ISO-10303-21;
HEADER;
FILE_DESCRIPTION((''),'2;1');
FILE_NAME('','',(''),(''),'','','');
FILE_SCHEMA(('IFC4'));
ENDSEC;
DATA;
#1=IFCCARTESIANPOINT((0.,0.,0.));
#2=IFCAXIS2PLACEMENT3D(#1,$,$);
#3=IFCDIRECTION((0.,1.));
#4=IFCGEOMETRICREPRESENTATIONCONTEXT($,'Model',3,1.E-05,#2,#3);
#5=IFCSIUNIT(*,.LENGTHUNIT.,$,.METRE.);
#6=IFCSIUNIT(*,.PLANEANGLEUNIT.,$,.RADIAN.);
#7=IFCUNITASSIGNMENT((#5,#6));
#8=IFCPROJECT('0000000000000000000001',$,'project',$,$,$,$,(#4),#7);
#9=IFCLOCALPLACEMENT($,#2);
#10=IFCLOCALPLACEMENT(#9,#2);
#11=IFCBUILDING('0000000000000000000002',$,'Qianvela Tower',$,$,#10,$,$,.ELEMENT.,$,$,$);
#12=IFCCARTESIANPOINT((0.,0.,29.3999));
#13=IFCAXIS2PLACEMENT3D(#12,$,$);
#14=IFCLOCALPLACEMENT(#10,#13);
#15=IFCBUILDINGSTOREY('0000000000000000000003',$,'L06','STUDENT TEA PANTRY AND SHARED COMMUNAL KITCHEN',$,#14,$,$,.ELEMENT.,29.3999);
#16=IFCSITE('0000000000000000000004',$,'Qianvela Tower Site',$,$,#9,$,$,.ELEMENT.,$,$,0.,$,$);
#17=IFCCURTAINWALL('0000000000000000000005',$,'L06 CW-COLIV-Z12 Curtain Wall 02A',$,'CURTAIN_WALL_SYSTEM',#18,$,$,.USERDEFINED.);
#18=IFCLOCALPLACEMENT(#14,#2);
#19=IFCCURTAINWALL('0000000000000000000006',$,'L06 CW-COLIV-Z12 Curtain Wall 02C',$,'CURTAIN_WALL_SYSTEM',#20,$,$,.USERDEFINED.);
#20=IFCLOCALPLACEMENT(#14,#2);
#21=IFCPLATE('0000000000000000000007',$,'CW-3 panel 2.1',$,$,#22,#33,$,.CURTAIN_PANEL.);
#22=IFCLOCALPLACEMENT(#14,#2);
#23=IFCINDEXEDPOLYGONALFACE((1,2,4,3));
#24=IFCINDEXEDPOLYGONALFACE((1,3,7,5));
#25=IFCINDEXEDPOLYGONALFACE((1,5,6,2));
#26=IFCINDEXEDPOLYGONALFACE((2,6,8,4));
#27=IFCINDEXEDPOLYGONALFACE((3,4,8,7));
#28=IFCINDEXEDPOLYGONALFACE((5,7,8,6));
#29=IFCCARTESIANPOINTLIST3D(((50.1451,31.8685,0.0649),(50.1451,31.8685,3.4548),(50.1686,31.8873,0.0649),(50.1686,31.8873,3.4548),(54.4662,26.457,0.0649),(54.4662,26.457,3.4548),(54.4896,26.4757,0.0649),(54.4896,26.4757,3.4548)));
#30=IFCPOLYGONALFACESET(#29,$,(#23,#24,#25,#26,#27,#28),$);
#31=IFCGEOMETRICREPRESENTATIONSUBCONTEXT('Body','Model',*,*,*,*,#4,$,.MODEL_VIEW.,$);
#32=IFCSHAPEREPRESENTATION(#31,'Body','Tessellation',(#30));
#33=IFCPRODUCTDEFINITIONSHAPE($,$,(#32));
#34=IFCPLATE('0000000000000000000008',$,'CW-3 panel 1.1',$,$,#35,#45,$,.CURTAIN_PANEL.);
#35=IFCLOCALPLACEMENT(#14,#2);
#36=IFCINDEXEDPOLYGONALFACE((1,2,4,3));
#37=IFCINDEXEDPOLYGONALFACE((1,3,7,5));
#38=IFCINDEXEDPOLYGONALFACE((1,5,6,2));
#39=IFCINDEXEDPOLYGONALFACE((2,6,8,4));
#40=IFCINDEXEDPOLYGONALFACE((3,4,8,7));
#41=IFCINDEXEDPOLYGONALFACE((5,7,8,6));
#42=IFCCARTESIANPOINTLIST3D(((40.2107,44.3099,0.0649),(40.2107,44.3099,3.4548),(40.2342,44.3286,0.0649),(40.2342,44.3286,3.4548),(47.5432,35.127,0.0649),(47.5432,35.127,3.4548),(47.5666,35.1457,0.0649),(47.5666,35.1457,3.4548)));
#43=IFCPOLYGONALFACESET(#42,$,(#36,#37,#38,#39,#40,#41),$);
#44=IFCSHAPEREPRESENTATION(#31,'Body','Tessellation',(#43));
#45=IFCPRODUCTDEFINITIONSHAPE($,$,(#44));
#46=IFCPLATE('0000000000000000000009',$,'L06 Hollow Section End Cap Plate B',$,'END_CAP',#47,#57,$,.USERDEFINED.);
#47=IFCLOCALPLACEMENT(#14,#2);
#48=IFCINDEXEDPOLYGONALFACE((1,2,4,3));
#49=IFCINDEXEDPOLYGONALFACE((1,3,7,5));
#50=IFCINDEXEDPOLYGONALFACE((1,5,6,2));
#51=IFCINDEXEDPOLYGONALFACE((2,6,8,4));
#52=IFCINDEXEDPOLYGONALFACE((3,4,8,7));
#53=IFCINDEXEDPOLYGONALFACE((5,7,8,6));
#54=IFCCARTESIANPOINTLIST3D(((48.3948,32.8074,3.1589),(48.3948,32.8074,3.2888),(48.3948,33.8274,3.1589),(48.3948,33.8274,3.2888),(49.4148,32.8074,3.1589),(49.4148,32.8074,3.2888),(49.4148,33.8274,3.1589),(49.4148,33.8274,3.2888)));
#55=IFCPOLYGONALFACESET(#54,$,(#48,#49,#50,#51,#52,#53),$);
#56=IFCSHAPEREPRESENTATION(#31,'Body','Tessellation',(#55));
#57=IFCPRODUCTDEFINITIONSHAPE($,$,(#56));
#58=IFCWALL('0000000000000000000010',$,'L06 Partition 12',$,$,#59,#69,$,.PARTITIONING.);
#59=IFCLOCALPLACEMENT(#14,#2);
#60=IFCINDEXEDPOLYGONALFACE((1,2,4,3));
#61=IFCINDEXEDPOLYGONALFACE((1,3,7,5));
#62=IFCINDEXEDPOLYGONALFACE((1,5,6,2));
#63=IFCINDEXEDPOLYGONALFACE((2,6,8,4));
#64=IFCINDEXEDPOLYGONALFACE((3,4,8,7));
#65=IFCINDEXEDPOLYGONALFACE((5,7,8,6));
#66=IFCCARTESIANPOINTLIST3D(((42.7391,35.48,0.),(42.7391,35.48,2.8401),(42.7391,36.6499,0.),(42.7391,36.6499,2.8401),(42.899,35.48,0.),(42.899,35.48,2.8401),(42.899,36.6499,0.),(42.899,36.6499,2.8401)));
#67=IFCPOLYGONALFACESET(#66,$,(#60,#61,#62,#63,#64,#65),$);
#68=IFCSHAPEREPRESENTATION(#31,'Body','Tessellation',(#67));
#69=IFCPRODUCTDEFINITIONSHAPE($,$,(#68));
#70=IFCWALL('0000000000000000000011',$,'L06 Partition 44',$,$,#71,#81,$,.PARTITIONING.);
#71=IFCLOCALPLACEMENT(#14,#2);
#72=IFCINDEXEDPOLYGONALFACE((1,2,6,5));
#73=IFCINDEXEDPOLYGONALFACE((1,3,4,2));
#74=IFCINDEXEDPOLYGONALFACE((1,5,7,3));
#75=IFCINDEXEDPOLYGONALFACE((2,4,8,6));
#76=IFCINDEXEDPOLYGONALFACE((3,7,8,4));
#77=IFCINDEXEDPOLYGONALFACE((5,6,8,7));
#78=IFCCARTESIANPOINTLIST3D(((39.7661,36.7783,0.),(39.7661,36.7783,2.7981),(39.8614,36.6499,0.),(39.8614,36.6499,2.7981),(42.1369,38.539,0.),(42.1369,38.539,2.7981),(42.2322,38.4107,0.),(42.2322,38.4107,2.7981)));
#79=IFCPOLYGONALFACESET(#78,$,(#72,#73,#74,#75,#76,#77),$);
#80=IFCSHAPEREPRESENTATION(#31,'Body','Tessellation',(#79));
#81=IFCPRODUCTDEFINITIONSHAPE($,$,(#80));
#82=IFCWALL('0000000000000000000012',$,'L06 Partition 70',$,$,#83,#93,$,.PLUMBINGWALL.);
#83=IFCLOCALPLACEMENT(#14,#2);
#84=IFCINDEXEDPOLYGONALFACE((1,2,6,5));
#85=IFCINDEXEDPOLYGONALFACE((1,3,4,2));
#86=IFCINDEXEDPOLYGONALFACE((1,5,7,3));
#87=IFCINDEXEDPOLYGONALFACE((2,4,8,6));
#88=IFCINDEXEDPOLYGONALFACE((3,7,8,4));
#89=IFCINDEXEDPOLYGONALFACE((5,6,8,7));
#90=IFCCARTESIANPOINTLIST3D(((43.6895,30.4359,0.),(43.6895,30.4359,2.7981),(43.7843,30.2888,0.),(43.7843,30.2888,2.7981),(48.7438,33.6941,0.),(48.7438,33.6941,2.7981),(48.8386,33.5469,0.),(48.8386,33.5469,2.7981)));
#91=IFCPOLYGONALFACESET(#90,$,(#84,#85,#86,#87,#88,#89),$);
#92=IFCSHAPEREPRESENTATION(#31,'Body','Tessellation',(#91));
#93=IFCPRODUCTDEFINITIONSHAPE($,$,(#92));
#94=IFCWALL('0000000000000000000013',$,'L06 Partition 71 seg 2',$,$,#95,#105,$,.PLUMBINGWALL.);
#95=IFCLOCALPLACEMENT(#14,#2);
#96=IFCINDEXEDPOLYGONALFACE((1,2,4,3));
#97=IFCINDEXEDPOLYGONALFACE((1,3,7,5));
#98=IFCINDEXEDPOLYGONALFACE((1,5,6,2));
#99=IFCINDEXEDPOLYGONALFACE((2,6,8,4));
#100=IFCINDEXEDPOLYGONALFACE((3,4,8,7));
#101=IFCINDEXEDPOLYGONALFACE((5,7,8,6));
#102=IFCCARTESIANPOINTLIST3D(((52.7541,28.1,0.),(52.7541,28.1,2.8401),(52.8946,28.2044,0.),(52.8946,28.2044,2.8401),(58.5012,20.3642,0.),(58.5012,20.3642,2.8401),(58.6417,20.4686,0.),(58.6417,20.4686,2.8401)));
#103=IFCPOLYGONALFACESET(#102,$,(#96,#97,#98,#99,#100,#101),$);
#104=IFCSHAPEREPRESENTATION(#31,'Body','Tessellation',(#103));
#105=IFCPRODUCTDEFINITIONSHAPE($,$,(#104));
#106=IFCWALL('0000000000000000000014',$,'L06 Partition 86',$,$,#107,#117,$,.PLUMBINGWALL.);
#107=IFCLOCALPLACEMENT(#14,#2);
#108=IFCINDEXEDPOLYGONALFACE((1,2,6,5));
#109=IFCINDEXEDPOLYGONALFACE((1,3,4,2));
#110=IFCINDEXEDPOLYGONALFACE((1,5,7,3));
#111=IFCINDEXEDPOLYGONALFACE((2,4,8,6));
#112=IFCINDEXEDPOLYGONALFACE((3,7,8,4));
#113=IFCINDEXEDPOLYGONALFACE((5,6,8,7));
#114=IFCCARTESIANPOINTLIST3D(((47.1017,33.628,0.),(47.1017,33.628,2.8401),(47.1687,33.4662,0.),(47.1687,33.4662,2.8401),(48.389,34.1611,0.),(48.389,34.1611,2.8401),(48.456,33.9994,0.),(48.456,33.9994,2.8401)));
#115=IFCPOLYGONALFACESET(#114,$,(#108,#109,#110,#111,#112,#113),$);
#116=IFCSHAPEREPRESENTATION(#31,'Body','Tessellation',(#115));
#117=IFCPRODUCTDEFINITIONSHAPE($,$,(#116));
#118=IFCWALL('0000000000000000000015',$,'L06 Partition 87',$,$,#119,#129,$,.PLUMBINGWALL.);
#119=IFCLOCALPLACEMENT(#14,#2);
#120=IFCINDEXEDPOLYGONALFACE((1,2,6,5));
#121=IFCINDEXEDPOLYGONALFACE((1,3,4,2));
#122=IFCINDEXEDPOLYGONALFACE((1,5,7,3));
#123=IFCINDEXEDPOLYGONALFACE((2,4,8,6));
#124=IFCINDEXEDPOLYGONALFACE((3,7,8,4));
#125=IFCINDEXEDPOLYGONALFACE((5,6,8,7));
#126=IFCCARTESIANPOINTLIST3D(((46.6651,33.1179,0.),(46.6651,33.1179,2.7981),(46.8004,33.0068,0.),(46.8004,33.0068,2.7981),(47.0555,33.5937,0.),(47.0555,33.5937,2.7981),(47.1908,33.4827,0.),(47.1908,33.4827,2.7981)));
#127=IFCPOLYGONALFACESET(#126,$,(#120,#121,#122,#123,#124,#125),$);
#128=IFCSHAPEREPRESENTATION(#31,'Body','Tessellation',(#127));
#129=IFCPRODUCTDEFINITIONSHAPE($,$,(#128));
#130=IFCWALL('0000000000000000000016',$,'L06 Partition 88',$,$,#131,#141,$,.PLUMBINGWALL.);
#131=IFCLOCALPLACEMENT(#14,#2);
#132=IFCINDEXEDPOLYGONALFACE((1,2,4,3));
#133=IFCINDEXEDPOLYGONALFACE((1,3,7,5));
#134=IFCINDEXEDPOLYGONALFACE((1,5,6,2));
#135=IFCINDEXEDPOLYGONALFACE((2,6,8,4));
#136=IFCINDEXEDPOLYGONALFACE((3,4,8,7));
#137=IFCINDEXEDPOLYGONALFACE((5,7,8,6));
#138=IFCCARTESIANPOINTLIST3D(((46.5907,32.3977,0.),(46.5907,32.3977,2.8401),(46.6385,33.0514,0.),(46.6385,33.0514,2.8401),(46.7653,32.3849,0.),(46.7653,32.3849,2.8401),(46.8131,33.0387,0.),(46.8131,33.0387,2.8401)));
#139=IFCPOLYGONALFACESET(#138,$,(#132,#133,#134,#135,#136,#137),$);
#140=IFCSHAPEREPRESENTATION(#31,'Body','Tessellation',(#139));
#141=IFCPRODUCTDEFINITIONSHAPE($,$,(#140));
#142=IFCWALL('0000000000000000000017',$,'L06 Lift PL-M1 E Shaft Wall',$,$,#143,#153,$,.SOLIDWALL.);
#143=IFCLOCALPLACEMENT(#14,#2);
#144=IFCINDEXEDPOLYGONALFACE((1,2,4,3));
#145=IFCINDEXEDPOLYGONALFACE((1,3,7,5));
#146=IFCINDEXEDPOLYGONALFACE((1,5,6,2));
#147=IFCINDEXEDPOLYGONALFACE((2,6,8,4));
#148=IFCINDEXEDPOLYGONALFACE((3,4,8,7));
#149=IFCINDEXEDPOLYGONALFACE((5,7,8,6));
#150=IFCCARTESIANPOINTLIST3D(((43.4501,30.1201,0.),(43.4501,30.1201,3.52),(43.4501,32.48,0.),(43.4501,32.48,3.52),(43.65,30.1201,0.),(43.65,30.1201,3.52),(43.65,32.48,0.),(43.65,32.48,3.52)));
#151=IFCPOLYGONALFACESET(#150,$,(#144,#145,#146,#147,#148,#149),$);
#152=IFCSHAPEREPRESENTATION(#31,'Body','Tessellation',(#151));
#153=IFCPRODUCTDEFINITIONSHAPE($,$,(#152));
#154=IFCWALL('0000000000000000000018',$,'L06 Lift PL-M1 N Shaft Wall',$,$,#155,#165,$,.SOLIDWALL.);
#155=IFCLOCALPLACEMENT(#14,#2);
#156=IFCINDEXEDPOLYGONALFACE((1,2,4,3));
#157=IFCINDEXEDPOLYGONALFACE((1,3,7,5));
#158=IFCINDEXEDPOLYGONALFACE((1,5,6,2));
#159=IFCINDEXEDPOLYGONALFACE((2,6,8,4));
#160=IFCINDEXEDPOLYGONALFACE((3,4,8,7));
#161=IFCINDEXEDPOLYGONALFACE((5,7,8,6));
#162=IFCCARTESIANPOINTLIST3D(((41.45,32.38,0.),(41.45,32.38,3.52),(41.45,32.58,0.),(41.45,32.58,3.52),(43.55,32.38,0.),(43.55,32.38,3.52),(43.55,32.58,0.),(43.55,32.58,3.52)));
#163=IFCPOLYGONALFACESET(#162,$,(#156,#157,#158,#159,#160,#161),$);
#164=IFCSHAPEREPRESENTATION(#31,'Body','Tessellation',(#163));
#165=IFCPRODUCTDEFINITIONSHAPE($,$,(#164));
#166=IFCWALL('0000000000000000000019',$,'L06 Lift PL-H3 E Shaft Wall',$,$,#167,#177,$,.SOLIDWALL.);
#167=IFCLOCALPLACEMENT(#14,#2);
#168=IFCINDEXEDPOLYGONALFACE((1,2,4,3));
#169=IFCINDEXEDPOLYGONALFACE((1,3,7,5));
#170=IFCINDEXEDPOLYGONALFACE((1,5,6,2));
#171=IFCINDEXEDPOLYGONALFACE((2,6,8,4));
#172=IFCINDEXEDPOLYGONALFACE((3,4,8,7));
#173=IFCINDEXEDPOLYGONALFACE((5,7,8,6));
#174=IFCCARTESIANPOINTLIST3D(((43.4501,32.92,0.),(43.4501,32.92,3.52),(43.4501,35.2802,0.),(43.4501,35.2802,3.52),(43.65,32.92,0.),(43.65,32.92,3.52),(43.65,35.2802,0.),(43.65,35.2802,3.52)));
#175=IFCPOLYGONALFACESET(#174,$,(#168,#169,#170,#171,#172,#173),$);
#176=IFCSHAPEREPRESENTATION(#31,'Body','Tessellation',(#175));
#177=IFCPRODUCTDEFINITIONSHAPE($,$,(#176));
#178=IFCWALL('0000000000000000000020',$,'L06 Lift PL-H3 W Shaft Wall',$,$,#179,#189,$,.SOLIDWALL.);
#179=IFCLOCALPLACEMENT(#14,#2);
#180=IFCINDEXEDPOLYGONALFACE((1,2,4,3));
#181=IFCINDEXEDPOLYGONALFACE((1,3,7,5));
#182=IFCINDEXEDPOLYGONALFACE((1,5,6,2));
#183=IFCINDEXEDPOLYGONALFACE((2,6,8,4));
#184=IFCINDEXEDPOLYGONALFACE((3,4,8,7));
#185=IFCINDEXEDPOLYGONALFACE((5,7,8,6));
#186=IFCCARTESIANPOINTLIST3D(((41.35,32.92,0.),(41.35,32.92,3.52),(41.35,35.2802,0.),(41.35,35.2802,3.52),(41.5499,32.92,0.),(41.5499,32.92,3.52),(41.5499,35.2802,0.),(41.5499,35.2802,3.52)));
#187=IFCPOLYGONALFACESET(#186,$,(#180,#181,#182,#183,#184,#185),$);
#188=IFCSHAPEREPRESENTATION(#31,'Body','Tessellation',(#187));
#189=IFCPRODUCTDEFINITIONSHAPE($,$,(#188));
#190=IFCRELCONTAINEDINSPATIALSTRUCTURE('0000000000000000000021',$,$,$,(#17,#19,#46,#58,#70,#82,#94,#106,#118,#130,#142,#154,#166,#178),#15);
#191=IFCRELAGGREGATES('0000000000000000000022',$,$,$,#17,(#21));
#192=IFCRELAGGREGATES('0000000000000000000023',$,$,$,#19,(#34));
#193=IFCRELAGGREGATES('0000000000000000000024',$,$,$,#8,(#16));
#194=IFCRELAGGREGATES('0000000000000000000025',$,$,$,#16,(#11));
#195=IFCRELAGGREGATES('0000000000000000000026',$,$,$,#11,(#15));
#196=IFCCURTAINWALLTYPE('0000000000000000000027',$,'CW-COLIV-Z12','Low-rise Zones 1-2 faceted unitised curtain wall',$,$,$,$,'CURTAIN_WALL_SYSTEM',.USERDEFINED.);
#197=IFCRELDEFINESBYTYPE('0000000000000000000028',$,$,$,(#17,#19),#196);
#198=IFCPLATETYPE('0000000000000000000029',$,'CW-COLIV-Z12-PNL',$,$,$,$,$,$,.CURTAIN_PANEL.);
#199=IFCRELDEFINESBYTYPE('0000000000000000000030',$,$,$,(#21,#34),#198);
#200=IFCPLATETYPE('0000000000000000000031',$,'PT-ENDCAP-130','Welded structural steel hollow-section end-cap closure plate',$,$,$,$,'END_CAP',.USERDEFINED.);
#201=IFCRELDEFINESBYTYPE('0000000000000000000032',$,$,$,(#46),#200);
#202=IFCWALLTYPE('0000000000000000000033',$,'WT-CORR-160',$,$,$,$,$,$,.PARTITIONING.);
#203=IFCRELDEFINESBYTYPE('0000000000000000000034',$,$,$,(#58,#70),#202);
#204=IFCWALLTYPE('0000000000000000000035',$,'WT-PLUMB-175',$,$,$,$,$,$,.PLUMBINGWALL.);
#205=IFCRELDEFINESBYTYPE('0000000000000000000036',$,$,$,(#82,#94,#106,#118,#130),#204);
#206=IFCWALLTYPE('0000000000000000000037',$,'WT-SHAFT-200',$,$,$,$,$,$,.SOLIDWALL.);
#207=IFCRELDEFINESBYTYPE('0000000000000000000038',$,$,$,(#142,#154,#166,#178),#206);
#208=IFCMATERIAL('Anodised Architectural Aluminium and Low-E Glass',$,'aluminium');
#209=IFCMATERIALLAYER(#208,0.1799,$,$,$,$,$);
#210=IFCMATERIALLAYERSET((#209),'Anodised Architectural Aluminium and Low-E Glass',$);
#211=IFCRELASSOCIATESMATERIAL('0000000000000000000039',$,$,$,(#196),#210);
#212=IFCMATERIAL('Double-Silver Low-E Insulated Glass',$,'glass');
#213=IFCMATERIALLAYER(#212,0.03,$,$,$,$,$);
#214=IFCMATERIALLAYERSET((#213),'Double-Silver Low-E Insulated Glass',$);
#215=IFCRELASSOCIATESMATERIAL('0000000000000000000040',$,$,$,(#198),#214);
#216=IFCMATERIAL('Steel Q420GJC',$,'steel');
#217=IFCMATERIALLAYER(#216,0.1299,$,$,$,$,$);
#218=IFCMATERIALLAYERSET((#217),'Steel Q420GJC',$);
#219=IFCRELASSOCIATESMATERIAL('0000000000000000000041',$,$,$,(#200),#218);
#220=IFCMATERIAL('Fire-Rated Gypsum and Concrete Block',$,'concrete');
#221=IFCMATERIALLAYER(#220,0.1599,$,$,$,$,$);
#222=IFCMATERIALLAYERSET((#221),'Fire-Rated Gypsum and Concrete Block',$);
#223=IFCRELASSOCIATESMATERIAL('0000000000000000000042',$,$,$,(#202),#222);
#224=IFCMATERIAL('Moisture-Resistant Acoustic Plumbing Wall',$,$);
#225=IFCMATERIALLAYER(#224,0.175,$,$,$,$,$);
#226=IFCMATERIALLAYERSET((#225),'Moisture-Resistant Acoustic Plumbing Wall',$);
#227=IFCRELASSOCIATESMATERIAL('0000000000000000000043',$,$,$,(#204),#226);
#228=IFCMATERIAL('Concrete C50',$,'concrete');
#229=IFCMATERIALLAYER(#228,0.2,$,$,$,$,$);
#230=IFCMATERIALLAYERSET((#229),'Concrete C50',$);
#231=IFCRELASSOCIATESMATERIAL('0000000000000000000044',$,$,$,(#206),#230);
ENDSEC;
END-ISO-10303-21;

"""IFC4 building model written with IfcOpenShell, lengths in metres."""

from ifc_helpers import new_model, si_unit, direction, frame, frame_2d, origin, origin_2d, place, context, subcontext, project, spatial, rectangle, extrude, material, layer, layer_set, type_object, element, aggregate, save


model = new_model("IFC4")

# Units and contexts
model_context = context("Model", 3, precision=1e-05, world=origin(), true_north=direction((0.0, 1.0)))
body_context = subcontext(model_context, "Body", "Model", "MODEL_VIEW")
ifc_project = project(units=[si_unit("LENGTHUNIT", "METRE"), si_unit("PLANEANGLEUNIT", "RADIAN")], contexts=[model_context])

# Site, building, storey
site_placement = place(None, origin())
site = spatial("IfcSite", under=ifc_project, at=site_placement, Name="Qianvela Tower Site", CompositionType="ELEMENT", RefElevation=0.0)
building_placement = place(site_placement, origin())
building = spatial("IfcBuilding", under=site, at=building_placement, Name="Qianvela Tower", CompositionType="ELEMENT")
storey_placement = place(building_placement, frame((0.0, 0.0, 29.3999)))
storey = spatial("IfcBuildingStorey", under=building, at=storey_placement, Name="L06", Description="STUDENT TEA PANTRY AND SHARED COMMUNAL KITCHEN", CompositionType="ELEMENT", Elevation=29.3999)

# Curtain wall
ifc_material_1 = material(Name="Anodised Architectural Aluminium and Low-E Glass", Category="aluminium")
ifc_layer_1 = layer(ifc_material_1, 0.1799)
ifc_layer_set_1 = layer_set([ifc_layer_1], Name="Anodised Architectural Aluminium and Low-E Glass")
curtain_wall_type_1 = type_object("IfcCurtainWallType", Name="CW-COLIV-Z12", Description="Low-rise Zones 1-2 faceted unitised curtain wall", ElementType="CURTAIN_WALL_SYSTEM", PredefinedType="USERDEFINED", material=ifc_layer_set_1)
curtain_wall_1_placement = place(storey_placement, origin())
curtain_wall_1 = element("IfcCurtainWall", 1, at=curtain_wall_1_placement, inside=storey, type_object=curtain_wall_type_1, Name="L06 CW-COLIV-Z12 Curtain Wall 02A", ObjectType="CURTAIN_WALL_SYSTEM", PredefinedType="USERDEFINED")

# Curtain wall
curtain_wall_2_placement = place(storey_placement, origin())
curtain_wall_2 = element("IfcCurtainWall", 2, at=curtain_wall_2_placement, inside=storey, type_object=curtain_wall_type_1, Name="L06 CW-COLIV-Z12 Curtain Wall 02C", ObjectType="CURTAIN_WALL_SYSTEM", PredefinedType="USERDEFINED")

# Plates
ifc_material_2 = material(Name="Double-Silver Low-E Insulated Glass", Category="glass")
ifc_layer_2 = layer(ifc_material_2, 0.03)
ifc_layer_set_2 = layer_set([ifc_layer_2], Name="Double-Silver Low-E Insulated Glass")
plate_type_1 = type_object("IfcPlateType", Name="CW-COLIV-Z12-PNL", PredefinedType="CURTAIN_PANEL", material=ifc_layer_set_2)
plate_1_placement = place(storey_placement, frame((52.3174, 29.1721, 0.0649), z_axis=(0.0, 0.0, 1.0), x_axis=(-0.623976, 0.781444, 0.0)))
plate_1 = element("IfcPlate", 3, at=plate_1_placement, type_object=plate_type_1, Name="CW-3 panel 2.1", PredefinedType="CURTAIN_PANEL", context=body_context, shape_type="SweptSolid", body=[
    extrude(rectangle(XDim=6.925, YDim=0.03, at=origin_2d()), origin(), (0.0, 0.0, 1.0), 3.3899),
])
aggregate(curtain_wall_1, [plate_1])
plate_2_placement = place(storey_placement, frame((43.8887, 39.7278, 0.0649), z_axis=(0.0, 0.0, 1.0), x_axis=(-0.623975, 0.781444, 0.0)))
plate_2 = element("IfcPlate", 4, at=plate_2_placement, type_object=plate_type_1, Name="CW-3 panel 1.1", PredefinedType="CURTAIN_PANEL", context=body_context, shape_type="SweptSolid", body=[
    extrude(rectangle(XDim=11.7512, YDim=0.03, at=origin_2d()), origin(), (0.0, 0.0, 1.0), 3.3899),
])
aggregate(curtain_wall_2, [plate_2])
ifc_material_3 = material(Name="Steel Q420GJC", Category="steel")
ifc_layer_3 = layer(ifc_material_3, 0.1299)
ifc_layer_set_3 = layer_set([ifc_layer_3], Name="Steel Q420GJC")
plate_type_2 = type_object("IfcPlateType", Name="PT-ENDCAP-130", Description="Welded structural steel hollow-section end-cap closure plate", ElementType="END_CAP", PredefinedType="USERDEFINED", material=ifc_layer_set_3)
plate_3_placement = place(storey_placement, frame((48.9048, 33.3174, 3.1589), z_axis=(0.0, 0.0, 1.0), x_axis=(1.0, 0.0, 0.0)))
element("IfcPlate", 5, at=plate_3_placement, inside=storey, type_object=plate_type_2, Name="L06 Hollow Section End Cap Plate B", ObjectType="END_CAP", PredefinedType="USERDEFINED", context=body_context, shape_type="SweptSolid", body=[
    extrude(rectangle(XDim=1.02, YDim=1.02, at=origin_2d()), origin(), (0.0, 0.0, 1.0), 0.1299),
])

# Walls
ifc_material_4 = material(Name="Fire-Rated Gypsum and Concrete Block", Category="concrete")
ifc_layer_4 = layer(ifc_material_4, 0.1599)
ifc_layer_set_4 = layer_set([ifc_layer_4], Name="Fire-Rated Gypsum and Concrete Block")
wall_type_1 = type_object("IfcWallType", Name="WT-CORR-160", PredefinedType="PARTITIONING", material=ifc_layer_set_4)
wall_1_placement = place(storey_placement, frame((42.8191, 36.6499, 0.0), z_axis=(0.0, 0.0, 1.0), x_axis=(0.0, -1.0, 0.0)))
element("IfcWall", 6, at=wall_1_placement, inside=storey, type_object=wall_type_1, Name="L06 Partition 12", PredefinedType="PARTITIONING", context=body_context, shape_type="SweptSolid", body=[
    extrude(rectangle(XDim=1.1699, YDim=0.1599, at=frame_2d((0.585, 0.0))), origin(), (0.0, 0.0, 1.0), 2.8401),
])
wall_2_placement = place(storey_placement, frame((42.1846, 38.4749, 0.0), z_axis=(0.0, 0.0, 1.0), x_axis=(-0.802818, -0.596224, 0.0)))
element("IfcWall", 7, at=wall_2_placement, inside=storey, type_object=wall_type_1, Name="L06 Partition 44", PredefinedType="PARTITIONING", context=body_context, shape_type="SweptSolid", body=[
    extrude(rectangle(XDim=2.9531, YDim=0.1599, at=frame_2d((1.4766, 0.0))), origin(), (0.0, 0.0, 1.0), 2.7981),
])
ifc_material_5 = material(Name="Moisture-Resistant Acoustic Plumbing Wall")
ifc_layer_5 = layer(ifc_material_5, 0.175)
ifc_layer_set_5 = layer_set([ifc_layer_5], Name="Moisture-Resistant Acoustic Plumbing Wall")
wall_type_2 = type_object("IfcWallType", Name="WT-PLUMB-175", PredefinedType="PLUMBINGWALL", material=ifc_layer_set_5)
wall_3_placement = place(storey_placement, frame((43.7368, 30.3623, 0.0), z_axis=(0.0, 0.0, 1.0), x_axis=(0.840502, 0.541808, 0.0)))
element("IfcWall", 8, at=wall_3_placement, inside=storey, type_object=wall_type_2, Name="L06 Partition 70", PredefinedType="PLUMBINGWALL", context=body_context, shape_type="SweptSolid", body=[
    extrude(rectangle(XDim=6.0134, YDim=0.175, at=frame_2d((3.0068, 0.0))), origin(), (0.0, 0.0, 1.0), 2.7981),
])
wall_4_placement = place(storey_placement, frame((52.8245, 28.1521, 0.0), z_axis=(0.0, 0.0, 1.0), x_axis=(0.596354, -0.802722, 0.0)))
element("IfcWall", 9, at=wall_4_placement, inside=storey, type_object=wall_type_2, Name="L06 Partition 71 seg 2", PredefinedType="PLUMBINGWALL", context=body_context, shape_type="SweptSolid", body=[
    extrude(rectangle(XDim=9.637, YDim=0.175, at=frame_2d((4.8184, 0.0))), origin(), (0.0, 0.0, 1.0), 2.8401),
])
wall_5_placement = place(storey_placement, frame((48.4226, 34.0803, 0.0), z_axis=(0.0, 0.0, 1.0), x_axis=(-0.923889, -0.382661, 0.0)))
element("IfcWall", 10, at=wall_5_placement, inside=storey, type_object=wall_type_2, Name="L06 Partition 86", PredefinedType="PLUMBINGWALL", context=body_context, shape_type="SweptSolid", body=[
    extrude(rectangle(XDim=1.3933, YDim=0.175, at=frame_2d((0.6968, 0.0))), origin(), (0.0, 0.0, 1.0), 2.8401),
])
wall_6_placement = place(storey_placement, frame((47.123, 33.5381, 0.0), z_axis=(0.0, 0.0, 1.0), x_axis=(-0.634274, -0.773108, 0.0)))
element("IfcWall", 11, at=wall_6_placement, inside=storey, type_object=wall_type_2, Name="L06 Partition 87", PredefinedType="PLUMBINGWALL", context=body_context, shape_type="SweptSolid", body=[
    extrude(rectangle(XDim=0.6155, YDim=0.175, at=frame_2d((0.3076, 0.0))), origin(), (0.0, 0.0, 1.0), 2.7981),
])
wall_7_placement = place(storey_placement, frame((46.7258, 33.0449, 0.0), z_axis=(0.0, 0.0, 1.0), x_axis=(-0.072994, -0.997332, 0.0)))
element("IfcWall", 12, at=wall_7_placement, inside=storey, type_object=wall_type_2, Name="L06 Partition 88", PredefinedType="PLUMBINGWALL", context=body_context, shape_type="SweptSolid", body=[
    extrude(rectangle(XDim=0.6555, YDim=0.175, at=frame_2d((0.3276, 0.0))), origin(), (0.0, 0.0, 1.0), 2.8401),
])
ifc_material_6 = material(Name="Concrete C50", Category="concrete")
ifc_layer_6 = layer(ifc_material_6, 0.2)
ifc_layer_set_6 = layer_set([ifc_layer_6], Name="Concrete C50")
wall_type_3 = type_object("IfcWallType", Name="WT-SHAFT-200", PredefinedType="SOLIDWALL", material=ifc_layer_set_6)
wall_8_placement = place(storey_placement, frame((43.55, 30.1201, 0.0), z_axis=(0.0, 0.0, 1.0), x_axis=(0.0, 1.0, 0.0)))
element("IfcWall", 13, at=wall_8_placement, inside=storey, type_object=wall_type_3, Name="L06 Lift PL-M1 E Shaft Wall", PredefinedType="SOLIDWALL", context=body_context, shape_type="SweptSolid", body=[
    extrude(rectangle(XDim=2.3599, YDim=0.2, at=frame_2d((1.1799, 0.0))), origin(), (0.0, 0.0, 1.0), 3.52),
])
wall_9_placement = place(storey_placement, frame((41.45, 32.48, 0.0), z_axis=(0.0, 0.0, 1.0), x_axis=(1.0, 0.0, 0.0)))
element("IfcWall", 14, at=wall_9_placement, inside=storey, type_object=wall_type_3, Name="L06 Lift PL-M1 N Shaft Wall", PredefinedType="SOLIDWALL", context=body_context, shape_type="SweptSolid", body=[
    extrude(rectangle(XDim=2.1001, YDim=0.2, at=frame_2d((1.05, 0.0))), origin(), (0.0, 0.0, 1.0), 3.52),
])
for number, where, z_axis, x_axis, name in (
    (15, (43.55, 32.9199, 0.0), (0.0, 0.0, 1.0), (0.0, 1.0, 0.0), "L06 Lift PL-H3 E Shaft Wall"),
    (16, (41.45, 32.9199, 0.0), (0.0, 0.0, 1.0), (0.0, 1.0, 0.0), "L06 Lift PL-H3 W Shaft Wall"),
):
    element("IfcWall", number, at=place(storey_placement, frame(where, z_axis=z_axis, x_axis=x_axis)), inside=storey, type_object=wall_type_3, Name=name, PredefinedType="SOLIDWALL", context=body_context, shape_type="SweptSolid", body=[
        extrude(rectangle(XDim=2.3601, YDim=0.2, at=frame_2d((1.1802, 0.0))), origin(), (0.0, 0.0, 1.0), 3.52),
    ])

save(model, "model.ifc")
